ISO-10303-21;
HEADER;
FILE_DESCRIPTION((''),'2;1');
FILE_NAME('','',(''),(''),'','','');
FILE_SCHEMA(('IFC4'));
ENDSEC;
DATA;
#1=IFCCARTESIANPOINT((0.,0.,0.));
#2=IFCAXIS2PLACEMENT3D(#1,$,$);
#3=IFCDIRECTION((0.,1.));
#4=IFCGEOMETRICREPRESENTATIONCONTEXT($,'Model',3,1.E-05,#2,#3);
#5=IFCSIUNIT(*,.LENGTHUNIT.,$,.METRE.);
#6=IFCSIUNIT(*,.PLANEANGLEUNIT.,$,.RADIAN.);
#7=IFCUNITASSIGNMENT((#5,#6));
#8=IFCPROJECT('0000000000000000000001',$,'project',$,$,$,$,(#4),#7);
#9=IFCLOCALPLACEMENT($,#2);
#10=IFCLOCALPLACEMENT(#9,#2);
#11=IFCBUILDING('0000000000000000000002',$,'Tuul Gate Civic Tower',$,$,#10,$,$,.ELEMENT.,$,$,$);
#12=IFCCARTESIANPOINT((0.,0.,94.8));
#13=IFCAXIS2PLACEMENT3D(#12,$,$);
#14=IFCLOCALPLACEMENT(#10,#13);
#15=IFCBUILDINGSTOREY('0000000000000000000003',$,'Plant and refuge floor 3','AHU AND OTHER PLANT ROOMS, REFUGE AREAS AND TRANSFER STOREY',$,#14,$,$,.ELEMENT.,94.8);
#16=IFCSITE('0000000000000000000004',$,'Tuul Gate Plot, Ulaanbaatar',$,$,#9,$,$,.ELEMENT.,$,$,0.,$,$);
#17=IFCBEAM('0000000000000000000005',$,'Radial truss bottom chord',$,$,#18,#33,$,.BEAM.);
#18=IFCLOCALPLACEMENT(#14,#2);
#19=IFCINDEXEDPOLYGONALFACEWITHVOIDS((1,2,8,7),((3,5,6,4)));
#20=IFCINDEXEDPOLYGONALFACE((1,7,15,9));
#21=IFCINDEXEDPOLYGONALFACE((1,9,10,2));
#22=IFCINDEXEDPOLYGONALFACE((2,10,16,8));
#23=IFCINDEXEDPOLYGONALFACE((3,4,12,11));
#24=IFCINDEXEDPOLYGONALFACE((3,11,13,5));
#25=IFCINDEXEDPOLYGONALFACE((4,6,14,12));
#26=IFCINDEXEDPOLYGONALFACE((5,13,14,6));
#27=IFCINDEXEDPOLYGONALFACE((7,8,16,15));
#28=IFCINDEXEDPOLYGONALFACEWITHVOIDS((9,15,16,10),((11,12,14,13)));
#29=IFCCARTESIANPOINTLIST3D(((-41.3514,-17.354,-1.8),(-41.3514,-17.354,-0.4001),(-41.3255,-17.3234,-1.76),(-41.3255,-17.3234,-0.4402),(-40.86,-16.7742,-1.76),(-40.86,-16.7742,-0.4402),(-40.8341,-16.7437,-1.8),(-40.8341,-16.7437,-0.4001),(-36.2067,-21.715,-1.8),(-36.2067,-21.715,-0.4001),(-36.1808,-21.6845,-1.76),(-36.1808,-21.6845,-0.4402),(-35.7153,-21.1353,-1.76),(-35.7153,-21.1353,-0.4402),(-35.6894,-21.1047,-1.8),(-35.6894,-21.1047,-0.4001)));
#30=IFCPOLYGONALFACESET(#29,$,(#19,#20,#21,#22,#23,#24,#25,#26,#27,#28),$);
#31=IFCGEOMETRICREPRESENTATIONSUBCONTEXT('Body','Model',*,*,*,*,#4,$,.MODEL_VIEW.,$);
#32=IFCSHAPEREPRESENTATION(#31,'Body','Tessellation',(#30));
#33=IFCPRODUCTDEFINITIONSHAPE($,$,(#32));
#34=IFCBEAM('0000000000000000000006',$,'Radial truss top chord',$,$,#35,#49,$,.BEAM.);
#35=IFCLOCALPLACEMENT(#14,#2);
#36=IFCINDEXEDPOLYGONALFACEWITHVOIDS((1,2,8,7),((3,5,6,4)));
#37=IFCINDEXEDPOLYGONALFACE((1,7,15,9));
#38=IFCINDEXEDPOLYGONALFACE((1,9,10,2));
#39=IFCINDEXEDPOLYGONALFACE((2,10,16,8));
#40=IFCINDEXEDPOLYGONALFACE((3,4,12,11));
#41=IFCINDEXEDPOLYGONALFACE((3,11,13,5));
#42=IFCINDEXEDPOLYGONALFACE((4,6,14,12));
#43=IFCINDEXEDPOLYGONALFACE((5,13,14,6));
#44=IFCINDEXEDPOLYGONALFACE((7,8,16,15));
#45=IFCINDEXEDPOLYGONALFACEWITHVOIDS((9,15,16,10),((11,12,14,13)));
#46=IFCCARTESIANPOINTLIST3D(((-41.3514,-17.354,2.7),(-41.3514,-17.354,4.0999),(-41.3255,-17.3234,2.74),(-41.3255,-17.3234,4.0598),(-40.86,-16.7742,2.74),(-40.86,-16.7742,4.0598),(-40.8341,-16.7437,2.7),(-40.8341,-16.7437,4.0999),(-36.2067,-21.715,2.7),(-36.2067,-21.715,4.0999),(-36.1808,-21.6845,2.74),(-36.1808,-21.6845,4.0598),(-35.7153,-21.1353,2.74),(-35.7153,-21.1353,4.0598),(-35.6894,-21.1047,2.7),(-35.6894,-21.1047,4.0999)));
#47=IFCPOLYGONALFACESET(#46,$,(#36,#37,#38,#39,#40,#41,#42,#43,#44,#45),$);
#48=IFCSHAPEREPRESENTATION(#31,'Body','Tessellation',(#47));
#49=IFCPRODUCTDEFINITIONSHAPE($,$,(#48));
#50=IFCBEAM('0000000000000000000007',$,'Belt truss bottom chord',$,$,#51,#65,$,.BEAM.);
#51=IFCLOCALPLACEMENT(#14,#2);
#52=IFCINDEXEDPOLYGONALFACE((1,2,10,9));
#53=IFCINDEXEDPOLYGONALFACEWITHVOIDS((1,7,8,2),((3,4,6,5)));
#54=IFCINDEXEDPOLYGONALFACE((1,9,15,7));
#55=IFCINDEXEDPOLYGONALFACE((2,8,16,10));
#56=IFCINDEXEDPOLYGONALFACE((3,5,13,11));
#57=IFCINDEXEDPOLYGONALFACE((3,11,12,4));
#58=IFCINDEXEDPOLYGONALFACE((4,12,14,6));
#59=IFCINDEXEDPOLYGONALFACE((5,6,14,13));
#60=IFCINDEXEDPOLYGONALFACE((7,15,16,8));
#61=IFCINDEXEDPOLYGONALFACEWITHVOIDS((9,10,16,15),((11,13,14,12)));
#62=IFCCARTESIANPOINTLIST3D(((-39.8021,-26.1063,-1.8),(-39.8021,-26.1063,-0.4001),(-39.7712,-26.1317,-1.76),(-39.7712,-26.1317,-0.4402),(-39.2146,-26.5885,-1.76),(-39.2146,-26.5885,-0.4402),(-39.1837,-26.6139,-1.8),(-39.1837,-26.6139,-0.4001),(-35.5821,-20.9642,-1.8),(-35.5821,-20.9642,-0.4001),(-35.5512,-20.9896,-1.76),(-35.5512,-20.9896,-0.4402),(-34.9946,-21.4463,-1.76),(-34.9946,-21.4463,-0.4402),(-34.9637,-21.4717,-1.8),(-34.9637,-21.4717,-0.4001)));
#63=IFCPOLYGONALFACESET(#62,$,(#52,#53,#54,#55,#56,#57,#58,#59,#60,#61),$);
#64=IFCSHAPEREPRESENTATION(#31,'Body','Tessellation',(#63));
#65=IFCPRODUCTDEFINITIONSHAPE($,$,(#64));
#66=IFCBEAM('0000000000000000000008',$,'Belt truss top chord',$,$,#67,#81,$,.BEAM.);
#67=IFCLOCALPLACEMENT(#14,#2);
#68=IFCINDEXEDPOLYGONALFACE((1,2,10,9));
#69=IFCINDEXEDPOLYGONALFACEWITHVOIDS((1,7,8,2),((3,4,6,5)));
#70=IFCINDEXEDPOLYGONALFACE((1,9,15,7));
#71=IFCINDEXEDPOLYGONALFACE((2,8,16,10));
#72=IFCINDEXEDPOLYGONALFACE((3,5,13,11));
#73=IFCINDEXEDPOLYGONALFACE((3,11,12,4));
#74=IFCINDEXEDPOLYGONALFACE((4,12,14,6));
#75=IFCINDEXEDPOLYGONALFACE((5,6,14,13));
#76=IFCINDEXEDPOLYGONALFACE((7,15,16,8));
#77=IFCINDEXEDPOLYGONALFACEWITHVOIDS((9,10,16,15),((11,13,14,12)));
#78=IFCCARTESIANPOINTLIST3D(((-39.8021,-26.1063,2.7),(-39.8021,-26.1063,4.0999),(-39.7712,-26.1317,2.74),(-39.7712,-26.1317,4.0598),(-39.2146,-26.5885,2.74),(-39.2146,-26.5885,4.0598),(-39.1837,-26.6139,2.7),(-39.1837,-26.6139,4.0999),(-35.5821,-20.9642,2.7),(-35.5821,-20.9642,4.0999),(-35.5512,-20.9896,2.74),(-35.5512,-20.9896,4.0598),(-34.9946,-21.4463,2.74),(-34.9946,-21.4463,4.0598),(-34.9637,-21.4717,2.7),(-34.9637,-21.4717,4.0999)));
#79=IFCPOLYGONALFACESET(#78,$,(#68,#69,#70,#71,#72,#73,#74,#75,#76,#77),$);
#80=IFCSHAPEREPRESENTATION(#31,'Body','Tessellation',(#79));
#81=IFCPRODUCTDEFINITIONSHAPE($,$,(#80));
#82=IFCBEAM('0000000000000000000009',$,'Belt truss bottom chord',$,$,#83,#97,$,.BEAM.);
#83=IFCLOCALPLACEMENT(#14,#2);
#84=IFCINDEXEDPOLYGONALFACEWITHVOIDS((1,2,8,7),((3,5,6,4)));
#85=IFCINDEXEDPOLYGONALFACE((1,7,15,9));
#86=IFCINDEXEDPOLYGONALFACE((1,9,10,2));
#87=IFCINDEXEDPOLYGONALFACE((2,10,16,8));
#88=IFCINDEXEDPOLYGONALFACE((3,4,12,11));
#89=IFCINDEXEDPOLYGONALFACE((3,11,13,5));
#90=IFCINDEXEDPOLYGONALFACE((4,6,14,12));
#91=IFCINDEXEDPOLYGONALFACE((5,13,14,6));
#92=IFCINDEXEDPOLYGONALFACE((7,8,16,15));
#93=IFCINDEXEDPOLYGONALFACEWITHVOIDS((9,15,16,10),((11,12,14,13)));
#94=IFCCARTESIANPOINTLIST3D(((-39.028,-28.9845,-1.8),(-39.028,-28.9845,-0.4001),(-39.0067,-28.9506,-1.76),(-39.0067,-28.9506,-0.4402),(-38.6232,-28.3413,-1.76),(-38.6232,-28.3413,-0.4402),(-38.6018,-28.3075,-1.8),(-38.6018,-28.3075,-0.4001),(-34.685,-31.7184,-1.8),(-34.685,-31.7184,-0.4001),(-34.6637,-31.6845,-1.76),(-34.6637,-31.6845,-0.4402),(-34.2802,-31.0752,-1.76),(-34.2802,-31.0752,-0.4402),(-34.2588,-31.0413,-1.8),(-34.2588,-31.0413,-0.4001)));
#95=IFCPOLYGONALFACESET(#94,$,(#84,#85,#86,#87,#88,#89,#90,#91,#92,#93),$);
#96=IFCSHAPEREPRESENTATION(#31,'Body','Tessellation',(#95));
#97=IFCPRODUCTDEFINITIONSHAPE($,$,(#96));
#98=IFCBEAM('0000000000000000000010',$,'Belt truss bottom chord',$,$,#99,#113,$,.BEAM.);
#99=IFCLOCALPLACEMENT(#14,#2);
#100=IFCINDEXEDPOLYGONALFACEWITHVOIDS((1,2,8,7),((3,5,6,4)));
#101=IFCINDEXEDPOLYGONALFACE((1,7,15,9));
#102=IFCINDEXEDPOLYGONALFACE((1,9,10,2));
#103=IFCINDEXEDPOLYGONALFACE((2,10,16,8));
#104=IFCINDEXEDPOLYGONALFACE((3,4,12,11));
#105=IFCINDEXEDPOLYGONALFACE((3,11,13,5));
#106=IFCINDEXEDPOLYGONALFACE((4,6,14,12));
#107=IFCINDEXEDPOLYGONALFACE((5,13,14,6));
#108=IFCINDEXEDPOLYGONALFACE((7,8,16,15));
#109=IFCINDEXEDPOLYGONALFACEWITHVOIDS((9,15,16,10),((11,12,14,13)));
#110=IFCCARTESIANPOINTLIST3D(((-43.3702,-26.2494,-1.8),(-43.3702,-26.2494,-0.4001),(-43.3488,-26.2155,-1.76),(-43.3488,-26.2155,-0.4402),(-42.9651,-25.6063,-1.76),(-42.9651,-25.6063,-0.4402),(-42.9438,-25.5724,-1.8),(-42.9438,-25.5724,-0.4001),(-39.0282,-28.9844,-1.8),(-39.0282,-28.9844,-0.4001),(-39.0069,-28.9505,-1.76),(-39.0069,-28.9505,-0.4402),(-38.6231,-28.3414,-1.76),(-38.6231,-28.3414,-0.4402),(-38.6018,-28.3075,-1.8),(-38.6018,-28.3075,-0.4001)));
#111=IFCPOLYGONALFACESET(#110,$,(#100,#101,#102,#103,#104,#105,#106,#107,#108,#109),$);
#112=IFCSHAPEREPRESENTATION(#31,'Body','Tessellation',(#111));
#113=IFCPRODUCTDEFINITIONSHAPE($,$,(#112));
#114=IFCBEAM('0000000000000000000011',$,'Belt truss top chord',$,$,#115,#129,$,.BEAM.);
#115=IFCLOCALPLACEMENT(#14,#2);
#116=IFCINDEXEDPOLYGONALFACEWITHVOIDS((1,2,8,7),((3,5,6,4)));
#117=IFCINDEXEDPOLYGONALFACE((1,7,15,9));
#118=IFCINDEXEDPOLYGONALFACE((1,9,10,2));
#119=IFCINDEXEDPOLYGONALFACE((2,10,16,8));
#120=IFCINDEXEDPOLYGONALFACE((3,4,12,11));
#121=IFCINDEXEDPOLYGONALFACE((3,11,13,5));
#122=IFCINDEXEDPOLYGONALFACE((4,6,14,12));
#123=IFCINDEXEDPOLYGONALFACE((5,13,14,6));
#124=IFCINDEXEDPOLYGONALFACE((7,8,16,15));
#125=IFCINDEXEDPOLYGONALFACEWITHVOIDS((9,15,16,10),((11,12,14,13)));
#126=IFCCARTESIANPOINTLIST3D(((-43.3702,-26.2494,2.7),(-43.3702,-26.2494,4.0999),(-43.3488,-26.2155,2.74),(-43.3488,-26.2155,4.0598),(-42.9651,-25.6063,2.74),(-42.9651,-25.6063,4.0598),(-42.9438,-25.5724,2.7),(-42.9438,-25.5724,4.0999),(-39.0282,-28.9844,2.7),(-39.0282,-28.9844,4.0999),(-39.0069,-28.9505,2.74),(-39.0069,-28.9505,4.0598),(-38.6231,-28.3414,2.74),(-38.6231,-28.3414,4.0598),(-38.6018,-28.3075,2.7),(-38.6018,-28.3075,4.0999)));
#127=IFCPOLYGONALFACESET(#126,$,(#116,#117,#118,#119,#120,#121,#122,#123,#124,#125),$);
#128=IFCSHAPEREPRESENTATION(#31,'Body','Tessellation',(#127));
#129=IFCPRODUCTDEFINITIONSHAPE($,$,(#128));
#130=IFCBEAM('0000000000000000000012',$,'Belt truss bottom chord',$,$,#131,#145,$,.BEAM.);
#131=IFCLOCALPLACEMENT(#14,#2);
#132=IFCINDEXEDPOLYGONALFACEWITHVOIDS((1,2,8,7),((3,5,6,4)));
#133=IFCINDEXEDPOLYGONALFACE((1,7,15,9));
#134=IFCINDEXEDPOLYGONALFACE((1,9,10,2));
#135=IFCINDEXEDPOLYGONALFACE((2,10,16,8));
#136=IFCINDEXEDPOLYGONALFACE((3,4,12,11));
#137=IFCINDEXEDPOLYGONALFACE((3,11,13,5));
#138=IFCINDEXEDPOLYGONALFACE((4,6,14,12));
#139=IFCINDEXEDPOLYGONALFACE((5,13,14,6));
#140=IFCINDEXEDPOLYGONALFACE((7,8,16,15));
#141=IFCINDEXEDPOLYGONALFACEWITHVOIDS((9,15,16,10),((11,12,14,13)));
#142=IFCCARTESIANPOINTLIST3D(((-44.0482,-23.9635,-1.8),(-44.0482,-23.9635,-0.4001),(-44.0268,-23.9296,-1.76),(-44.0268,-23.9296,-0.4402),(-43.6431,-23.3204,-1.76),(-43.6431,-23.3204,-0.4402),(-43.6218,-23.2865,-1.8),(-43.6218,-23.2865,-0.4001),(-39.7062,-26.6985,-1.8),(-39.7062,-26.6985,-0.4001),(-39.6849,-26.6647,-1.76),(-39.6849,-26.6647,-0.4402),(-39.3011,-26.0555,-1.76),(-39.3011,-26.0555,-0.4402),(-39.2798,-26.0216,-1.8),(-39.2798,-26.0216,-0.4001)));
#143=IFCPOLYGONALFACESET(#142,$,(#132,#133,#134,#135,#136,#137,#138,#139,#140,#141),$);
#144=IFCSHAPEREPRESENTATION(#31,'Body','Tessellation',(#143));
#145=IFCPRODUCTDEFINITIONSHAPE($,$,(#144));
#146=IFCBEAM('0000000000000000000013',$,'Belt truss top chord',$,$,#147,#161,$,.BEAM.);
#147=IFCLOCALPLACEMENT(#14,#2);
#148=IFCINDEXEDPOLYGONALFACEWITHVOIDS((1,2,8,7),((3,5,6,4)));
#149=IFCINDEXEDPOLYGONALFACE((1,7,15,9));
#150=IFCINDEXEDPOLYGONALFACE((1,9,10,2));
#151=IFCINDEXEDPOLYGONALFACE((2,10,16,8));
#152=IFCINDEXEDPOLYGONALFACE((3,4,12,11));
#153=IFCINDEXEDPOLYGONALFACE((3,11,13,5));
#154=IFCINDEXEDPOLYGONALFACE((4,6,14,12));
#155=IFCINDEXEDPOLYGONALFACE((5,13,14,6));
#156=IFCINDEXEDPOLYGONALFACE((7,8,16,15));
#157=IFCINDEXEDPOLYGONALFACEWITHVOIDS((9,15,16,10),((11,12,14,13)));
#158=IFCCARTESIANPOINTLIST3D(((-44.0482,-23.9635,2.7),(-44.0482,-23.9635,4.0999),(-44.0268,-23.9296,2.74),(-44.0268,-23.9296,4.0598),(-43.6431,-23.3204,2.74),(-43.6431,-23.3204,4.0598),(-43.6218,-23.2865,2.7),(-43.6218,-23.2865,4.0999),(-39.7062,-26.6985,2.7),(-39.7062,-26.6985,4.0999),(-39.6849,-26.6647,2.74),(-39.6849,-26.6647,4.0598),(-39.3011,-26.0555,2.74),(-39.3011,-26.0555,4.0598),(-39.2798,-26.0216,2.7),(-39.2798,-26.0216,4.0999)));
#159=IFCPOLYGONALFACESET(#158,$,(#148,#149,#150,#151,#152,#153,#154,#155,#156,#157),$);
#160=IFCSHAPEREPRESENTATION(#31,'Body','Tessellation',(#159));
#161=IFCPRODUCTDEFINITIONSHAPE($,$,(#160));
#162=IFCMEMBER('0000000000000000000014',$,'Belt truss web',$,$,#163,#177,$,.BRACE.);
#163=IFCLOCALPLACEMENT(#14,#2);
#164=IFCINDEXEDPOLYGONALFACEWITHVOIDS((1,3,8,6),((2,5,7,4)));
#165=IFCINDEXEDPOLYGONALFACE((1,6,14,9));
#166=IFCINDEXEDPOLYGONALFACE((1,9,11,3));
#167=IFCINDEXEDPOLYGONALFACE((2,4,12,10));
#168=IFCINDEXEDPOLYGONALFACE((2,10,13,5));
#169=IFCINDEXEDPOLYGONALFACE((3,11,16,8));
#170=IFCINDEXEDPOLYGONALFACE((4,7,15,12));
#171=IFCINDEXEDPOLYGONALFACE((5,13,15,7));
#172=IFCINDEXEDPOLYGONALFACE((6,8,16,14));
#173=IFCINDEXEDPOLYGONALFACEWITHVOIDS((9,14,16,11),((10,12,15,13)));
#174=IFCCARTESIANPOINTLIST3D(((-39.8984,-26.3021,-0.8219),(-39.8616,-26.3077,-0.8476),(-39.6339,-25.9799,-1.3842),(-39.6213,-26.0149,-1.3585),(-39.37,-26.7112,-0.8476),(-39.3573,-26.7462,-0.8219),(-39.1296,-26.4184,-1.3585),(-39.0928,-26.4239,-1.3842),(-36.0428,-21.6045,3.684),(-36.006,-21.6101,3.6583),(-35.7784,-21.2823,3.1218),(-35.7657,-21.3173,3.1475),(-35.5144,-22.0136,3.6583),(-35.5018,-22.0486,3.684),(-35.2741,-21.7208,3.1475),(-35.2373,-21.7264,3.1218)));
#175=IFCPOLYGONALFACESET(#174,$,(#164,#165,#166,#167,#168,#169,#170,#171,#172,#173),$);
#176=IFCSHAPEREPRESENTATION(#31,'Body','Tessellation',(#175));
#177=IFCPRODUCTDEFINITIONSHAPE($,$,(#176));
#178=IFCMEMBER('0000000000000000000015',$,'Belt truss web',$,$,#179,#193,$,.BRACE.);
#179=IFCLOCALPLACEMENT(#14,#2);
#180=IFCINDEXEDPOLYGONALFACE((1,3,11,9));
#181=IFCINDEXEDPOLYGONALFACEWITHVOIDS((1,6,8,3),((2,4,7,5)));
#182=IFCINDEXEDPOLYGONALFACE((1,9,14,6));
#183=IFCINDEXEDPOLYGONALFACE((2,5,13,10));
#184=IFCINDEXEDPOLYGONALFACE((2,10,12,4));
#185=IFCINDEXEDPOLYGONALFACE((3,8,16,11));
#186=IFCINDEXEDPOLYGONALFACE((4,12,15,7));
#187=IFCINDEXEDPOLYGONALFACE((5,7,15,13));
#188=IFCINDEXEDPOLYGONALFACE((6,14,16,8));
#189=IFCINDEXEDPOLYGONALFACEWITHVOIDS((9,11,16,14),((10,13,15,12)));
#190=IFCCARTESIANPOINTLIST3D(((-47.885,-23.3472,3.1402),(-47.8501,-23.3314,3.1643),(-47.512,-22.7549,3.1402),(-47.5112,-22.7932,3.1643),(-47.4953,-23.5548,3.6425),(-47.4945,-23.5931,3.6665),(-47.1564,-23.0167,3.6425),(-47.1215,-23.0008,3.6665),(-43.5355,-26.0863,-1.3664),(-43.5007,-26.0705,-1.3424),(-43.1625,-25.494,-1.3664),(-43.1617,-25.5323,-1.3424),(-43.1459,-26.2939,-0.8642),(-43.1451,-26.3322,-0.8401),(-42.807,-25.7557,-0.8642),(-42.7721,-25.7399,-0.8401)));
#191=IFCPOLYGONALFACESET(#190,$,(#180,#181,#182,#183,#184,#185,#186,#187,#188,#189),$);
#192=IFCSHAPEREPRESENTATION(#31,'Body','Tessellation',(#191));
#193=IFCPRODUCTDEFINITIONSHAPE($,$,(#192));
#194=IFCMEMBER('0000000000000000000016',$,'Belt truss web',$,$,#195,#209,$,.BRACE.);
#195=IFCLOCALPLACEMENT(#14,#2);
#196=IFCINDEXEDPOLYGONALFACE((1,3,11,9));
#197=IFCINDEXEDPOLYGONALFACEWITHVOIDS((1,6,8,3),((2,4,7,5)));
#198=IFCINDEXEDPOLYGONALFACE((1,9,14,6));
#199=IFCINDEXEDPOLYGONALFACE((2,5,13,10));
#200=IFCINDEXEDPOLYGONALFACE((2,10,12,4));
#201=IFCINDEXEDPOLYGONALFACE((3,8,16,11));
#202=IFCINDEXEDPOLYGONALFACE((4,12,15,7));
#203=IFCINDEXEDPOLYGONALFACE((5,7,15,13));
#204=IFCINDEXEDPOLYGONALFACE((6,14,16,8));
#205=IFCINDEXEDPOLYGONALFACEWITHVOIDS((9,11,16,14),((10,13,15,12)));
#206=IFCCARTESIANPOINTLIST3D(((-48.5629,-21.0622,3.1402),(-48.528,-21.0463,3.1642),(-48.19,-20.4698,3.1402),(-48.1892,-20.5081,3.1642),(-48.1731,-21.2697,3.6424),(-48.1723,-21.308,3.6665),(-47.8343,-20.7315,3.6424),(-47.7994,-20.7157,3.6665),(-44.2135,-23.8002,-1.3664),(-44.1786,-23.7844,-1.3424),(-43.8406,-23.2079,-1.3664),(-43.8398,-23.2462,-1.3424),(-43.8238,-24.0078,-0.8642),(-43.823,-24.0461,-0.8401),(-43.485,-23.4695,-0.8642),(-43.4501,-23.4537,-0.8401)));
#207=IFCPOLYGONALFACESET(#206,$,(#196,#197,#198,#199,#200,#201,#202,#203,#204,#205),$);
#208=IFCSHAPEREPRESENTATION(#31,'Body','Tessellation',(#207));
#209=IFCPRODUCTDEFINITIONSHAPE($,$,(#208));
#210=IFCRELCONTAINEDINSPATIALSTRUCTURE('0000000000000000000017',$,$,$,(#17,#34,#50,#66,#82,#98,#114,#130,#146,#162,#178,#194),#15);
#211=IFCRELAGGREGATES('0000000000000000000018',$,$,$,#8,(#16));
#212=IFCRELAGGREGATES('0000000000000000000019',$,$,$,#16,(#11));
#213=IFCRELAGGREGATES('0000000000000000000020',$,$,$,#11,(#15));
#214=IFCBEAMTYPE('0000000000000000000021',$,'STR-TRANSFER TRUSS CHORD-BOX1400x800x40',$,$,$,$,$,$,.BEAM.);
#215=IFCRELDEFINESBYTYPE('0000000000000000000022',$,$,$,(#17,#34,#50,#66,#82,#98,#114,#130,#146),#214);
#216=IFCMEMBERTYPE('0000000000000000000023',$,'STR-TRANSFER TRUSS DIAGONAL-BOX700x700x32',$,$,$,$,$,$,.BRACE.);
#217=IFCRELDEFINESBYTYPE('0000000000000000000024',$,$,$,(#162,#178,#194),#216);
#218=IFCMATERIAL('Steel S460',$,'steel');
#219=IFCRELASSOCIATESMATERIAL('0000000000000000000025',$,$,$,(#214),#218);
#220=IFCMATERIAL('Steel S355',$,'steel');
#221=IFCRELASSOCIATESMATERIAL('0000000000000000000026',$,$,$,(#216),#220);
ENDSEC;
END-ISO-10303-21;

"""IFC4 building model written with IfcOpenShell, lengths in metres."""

from ifc_helpers import new_model, si_unit, direction, frame, origin, origin_2d, place, context, subcontext, project, spatial, hollow_rectangle, extrude, material, material_profile, profile_set, type_object, element, save


model = new_model("IFC4")

# Units and contexts
model_context = context("Model", 3, precision=1e-05, world=origin(), true_north=direction((0.0, 1.0)))
body_context = subcontext(model_context, "Body", "Model", "MODEL_VIEW")
ifc_project = project(units=[si_unit("LENGTHUNIT", "METRE"), si_unit("PLANEANGLEUNIT", "RADIAN")], contexts=[model_context])

# Site, building, storey
site_placement = place(None, origin())
site = spatial("IfcSite", under=ifc_project, at=site_placement, Name="Tuul Gate Plot, Ulaanbaatar", CompositionType="ELEMENT", RefElevation=0.0)
building_placement = place(site_placement, origin())
building = spatial("IfcBuilding", under=site, at=building_placement, Name="Tuul Gate Civic Tower", CompositionType="ELEMENT")
storey_placement = place(building_placement, frame((0.0, 0.0, 94.8)))
storey = spatial("IfcBuildingStorey", under=building, at=storey_placement, Name="Plant and refuge floor 3", Description="AHU AND OTHER PLANT ROOMS, REFUGE AREAS AND TRANSFER STOREY", CompositionType="ELEMENT", Elevation=94.8)

# Beams
ifc_material_1 = material(Name="Steel S460", Category="steel")
ifc_material_profile_1 = material_profile(ifc_material_1, hollow_rectangle(XDim=0.8, YDim=1.3999, WallThickness=0.04, at=origin_2d()), Name="BOX1400x800x40")
ifc_profile_set_1 = profile_set([ifc_material_profile_1], Name="Steel S460")
beam_type = type_object("IfcBeamType", Name="STR-TRANSFER TRUSS CHORD-BOX1400x800x40", PredefinedType="BEAM", material=ifc_profile_set_1)
for number, where, z_axis, x_axis, name in (
    (1, (-41.0928, -17.0488, -1.1001), (0.762815, -0.646617, 0.0), (0.646617, 0.762815, 0.0), "Radial truss bottom chord"),
    (2, (-41.0928, -17.0488, 3.3999), (0.762815, -0.646617, 0.0), (0.646617, 0.762815, 0.0), "Radial truss top chord"),
):
    element("IfcBeam", number, at=place(storey_placement, frame(where, z_axis=z_axis, x_axis=x_axis)), inside=storey, type_object=beam_type, Name=name, PredefinedType="BEAM", context=body_context, shape_type="SweptSolid", body=[
        extrude(hollow_rectangle(XDim=0.8, YDim=1.3999, WallThickness=0.04, at=origin_2d()), origin(), (0.0, 0.0, 1.0), 6.7444),
    ])
for number, where, z_axis, x_axis, name in (
    (3, (-39.4929, -26.3601, -1.1001), (0.63439, 0.773013, 0.0), (-0.773013, 0.63439, 0.0), "Belt truss bottom chord"),
    (4, (-39.4929, -26.3601, 3.3999), (0.63439, 0.773013, 0.0), (-0.773013, 0.63439, 0.0), "Belt truss top chord"),
):
    element("IfcBeam", number, at=place(storey_placement, frame(where, z_axis=z_axis, x_axis=x_axis)), inside=storey, type_object=beam_type, Name=name, PredefinedType="BEAM", context=body_context, shape_type="SweptSolid", body=[
        extrude(hollow_rectangle(XDim=0.8, YDim=1.3999, WallThickness=0.04, at=origin_2d()), origin(), (0.0, 0.0, 1.0), 6.6521),
    ])
beam_placement = place(storey_placement, frame((-38.8149, -28.646, -1.1001), z_axis=(0.846286, -0.532729, 0.0), x_axis=(0.532729, 0.846286, 0.0)))
element("IfcBeam", 5, at=beam_placement, inside=storey, type_object=beam_type, Name="Belt truss bottom chord", PredefinedType="BEAM", context=body_context, shape_type="SweptSolid", body=[
    extrude(hollow_rectangle(XDim=0.8, YDim=1.3999, WallThickness=0.04, at=origin_2d()), origin(), (0.0, 0.0, 1.0), 5.1318),
])
for number, where, z_axis, x_axis, name in (
    (6, (-43.157, -25.9109, -1.1001), (0.846125, -0.532985, 0.0), (0.532985, 0.846125, 0.0), "Belt truss bottom chord"),
    (7, (-43.157, -25.9109, 3.3999), (0.846125, -0.532985, 0.0), (0.532985, 0.846125, 0.0), "Belt truss top chord"),
    (8, (-43.835, -23.625, -1.1001), (0.846125, -0.532985, 0.0), (0.532985, 0.846125, 0.0), "Belt truss bottom chord"),
    (9, (-43.835, -23.625, 3.3999), (0.846125, -0.532985, 0.0), (0.532985, 0.846125, 0.0), "Belt truss top chord"),
):
    element("IfcBeam", number, at=place(storey_placement, frame(where, z_axis=z_axis, x_axis=x_axis)), inside=storey, type_object=beam_type, Name=name, PredefinedType="BEAM", context=body_context, shape_type="SweptSolid", body=[
        extrude(hollow_rectangle(XDim=0.8, YDim=1.3999, WallThickness=0.04, at=origin_2d()), origin(), (0.0, 0.0, 1.0), 5.1316),
    ])

# Members
ifc_material_2 = material(Name="Steel S355", Category="steel")
ifc_material_profile_2 = material_profile(ifc_material_2, hollow_rectangle(XDim=0.7, YDim=0.7, WallThickness=0.032, at=origin_2d()), Name="BOX700x700x32")
ifc_profile_set_2 = profile_set([ifc_material_profile_2], Name="Steel S355")
member_type_1 = type_object("IfcMemberType", Name="STR-TRANSFER TRUSS DIAGONAL-BOX700x700x32", PredefinedType="BRACE", material=ifc_profile_set_2)
member_1_placement = place(storey_placement, frame((-39.4956, -26.363, -1.103), z_axis=(0.509624, 0.620927, 0.595594), x_axis=(-0.772984, 0.634425, 0.0)))
element("IfcMember", 10, at=member_1_placement, inside=storey, type_object=member_type_1, Name="Belt truss web", PredefinedType="BRACE", context=body_context, shape_type="SweptSolid", body=[
    extrude(hollow_rectangle(XDim=0.7, YDim=0.7, WallThickness=0.032, at=origin_2d()), origin(), (0.0, 0.0, 1.0), 7.5654),
])
member_2_placement = place(storey_placement, frame((-43.1538, -25.9131, -1.1033), z_axis=(-0.63626, 0.400685, 0.659261), x_axis=(-0.532886, -0.846187, 0.0)))
element("IfcMember", 11, at=member_2_placement, inside=storey, type_object=member_type_1, Name="Belt truss web", PredefinedType="BRACE", context=body_context, shape_type="SweptSolid", body=[
    extrude(hollow_rectangle(XDim=0.7, YDim=0.7, WallThickness=0.032, at=origin_2d()), origin(), (0.0, 0.0, 1.0), 6.8359),
])
for number, where, z_axis, x_axis, name in (
    (12, (-43.8318, -23.627, -1.1033), (-0.636297, 0.400565, 0.659298), (-0.53275, -0.846273, 0.0), "Belt truss web"),
):
    element("IfcMember", number, at=place(storey_placement, frame(where, z_axis=z_axis, x_axis=x_axis)), inside=storey, type_object=member_type_1, Name=name, PredefinedType="BRACE", context=body_context, shape_type="SweptSolid", body=[
        extrude(hollow_rectangle(XDim=0.7, YDim=0.7, WallThickness=0.032, at=origin_2d()), origin(), (0.0, 0.0, 1.0), 6.8354),
    ])

save(model, "model.ifc")
